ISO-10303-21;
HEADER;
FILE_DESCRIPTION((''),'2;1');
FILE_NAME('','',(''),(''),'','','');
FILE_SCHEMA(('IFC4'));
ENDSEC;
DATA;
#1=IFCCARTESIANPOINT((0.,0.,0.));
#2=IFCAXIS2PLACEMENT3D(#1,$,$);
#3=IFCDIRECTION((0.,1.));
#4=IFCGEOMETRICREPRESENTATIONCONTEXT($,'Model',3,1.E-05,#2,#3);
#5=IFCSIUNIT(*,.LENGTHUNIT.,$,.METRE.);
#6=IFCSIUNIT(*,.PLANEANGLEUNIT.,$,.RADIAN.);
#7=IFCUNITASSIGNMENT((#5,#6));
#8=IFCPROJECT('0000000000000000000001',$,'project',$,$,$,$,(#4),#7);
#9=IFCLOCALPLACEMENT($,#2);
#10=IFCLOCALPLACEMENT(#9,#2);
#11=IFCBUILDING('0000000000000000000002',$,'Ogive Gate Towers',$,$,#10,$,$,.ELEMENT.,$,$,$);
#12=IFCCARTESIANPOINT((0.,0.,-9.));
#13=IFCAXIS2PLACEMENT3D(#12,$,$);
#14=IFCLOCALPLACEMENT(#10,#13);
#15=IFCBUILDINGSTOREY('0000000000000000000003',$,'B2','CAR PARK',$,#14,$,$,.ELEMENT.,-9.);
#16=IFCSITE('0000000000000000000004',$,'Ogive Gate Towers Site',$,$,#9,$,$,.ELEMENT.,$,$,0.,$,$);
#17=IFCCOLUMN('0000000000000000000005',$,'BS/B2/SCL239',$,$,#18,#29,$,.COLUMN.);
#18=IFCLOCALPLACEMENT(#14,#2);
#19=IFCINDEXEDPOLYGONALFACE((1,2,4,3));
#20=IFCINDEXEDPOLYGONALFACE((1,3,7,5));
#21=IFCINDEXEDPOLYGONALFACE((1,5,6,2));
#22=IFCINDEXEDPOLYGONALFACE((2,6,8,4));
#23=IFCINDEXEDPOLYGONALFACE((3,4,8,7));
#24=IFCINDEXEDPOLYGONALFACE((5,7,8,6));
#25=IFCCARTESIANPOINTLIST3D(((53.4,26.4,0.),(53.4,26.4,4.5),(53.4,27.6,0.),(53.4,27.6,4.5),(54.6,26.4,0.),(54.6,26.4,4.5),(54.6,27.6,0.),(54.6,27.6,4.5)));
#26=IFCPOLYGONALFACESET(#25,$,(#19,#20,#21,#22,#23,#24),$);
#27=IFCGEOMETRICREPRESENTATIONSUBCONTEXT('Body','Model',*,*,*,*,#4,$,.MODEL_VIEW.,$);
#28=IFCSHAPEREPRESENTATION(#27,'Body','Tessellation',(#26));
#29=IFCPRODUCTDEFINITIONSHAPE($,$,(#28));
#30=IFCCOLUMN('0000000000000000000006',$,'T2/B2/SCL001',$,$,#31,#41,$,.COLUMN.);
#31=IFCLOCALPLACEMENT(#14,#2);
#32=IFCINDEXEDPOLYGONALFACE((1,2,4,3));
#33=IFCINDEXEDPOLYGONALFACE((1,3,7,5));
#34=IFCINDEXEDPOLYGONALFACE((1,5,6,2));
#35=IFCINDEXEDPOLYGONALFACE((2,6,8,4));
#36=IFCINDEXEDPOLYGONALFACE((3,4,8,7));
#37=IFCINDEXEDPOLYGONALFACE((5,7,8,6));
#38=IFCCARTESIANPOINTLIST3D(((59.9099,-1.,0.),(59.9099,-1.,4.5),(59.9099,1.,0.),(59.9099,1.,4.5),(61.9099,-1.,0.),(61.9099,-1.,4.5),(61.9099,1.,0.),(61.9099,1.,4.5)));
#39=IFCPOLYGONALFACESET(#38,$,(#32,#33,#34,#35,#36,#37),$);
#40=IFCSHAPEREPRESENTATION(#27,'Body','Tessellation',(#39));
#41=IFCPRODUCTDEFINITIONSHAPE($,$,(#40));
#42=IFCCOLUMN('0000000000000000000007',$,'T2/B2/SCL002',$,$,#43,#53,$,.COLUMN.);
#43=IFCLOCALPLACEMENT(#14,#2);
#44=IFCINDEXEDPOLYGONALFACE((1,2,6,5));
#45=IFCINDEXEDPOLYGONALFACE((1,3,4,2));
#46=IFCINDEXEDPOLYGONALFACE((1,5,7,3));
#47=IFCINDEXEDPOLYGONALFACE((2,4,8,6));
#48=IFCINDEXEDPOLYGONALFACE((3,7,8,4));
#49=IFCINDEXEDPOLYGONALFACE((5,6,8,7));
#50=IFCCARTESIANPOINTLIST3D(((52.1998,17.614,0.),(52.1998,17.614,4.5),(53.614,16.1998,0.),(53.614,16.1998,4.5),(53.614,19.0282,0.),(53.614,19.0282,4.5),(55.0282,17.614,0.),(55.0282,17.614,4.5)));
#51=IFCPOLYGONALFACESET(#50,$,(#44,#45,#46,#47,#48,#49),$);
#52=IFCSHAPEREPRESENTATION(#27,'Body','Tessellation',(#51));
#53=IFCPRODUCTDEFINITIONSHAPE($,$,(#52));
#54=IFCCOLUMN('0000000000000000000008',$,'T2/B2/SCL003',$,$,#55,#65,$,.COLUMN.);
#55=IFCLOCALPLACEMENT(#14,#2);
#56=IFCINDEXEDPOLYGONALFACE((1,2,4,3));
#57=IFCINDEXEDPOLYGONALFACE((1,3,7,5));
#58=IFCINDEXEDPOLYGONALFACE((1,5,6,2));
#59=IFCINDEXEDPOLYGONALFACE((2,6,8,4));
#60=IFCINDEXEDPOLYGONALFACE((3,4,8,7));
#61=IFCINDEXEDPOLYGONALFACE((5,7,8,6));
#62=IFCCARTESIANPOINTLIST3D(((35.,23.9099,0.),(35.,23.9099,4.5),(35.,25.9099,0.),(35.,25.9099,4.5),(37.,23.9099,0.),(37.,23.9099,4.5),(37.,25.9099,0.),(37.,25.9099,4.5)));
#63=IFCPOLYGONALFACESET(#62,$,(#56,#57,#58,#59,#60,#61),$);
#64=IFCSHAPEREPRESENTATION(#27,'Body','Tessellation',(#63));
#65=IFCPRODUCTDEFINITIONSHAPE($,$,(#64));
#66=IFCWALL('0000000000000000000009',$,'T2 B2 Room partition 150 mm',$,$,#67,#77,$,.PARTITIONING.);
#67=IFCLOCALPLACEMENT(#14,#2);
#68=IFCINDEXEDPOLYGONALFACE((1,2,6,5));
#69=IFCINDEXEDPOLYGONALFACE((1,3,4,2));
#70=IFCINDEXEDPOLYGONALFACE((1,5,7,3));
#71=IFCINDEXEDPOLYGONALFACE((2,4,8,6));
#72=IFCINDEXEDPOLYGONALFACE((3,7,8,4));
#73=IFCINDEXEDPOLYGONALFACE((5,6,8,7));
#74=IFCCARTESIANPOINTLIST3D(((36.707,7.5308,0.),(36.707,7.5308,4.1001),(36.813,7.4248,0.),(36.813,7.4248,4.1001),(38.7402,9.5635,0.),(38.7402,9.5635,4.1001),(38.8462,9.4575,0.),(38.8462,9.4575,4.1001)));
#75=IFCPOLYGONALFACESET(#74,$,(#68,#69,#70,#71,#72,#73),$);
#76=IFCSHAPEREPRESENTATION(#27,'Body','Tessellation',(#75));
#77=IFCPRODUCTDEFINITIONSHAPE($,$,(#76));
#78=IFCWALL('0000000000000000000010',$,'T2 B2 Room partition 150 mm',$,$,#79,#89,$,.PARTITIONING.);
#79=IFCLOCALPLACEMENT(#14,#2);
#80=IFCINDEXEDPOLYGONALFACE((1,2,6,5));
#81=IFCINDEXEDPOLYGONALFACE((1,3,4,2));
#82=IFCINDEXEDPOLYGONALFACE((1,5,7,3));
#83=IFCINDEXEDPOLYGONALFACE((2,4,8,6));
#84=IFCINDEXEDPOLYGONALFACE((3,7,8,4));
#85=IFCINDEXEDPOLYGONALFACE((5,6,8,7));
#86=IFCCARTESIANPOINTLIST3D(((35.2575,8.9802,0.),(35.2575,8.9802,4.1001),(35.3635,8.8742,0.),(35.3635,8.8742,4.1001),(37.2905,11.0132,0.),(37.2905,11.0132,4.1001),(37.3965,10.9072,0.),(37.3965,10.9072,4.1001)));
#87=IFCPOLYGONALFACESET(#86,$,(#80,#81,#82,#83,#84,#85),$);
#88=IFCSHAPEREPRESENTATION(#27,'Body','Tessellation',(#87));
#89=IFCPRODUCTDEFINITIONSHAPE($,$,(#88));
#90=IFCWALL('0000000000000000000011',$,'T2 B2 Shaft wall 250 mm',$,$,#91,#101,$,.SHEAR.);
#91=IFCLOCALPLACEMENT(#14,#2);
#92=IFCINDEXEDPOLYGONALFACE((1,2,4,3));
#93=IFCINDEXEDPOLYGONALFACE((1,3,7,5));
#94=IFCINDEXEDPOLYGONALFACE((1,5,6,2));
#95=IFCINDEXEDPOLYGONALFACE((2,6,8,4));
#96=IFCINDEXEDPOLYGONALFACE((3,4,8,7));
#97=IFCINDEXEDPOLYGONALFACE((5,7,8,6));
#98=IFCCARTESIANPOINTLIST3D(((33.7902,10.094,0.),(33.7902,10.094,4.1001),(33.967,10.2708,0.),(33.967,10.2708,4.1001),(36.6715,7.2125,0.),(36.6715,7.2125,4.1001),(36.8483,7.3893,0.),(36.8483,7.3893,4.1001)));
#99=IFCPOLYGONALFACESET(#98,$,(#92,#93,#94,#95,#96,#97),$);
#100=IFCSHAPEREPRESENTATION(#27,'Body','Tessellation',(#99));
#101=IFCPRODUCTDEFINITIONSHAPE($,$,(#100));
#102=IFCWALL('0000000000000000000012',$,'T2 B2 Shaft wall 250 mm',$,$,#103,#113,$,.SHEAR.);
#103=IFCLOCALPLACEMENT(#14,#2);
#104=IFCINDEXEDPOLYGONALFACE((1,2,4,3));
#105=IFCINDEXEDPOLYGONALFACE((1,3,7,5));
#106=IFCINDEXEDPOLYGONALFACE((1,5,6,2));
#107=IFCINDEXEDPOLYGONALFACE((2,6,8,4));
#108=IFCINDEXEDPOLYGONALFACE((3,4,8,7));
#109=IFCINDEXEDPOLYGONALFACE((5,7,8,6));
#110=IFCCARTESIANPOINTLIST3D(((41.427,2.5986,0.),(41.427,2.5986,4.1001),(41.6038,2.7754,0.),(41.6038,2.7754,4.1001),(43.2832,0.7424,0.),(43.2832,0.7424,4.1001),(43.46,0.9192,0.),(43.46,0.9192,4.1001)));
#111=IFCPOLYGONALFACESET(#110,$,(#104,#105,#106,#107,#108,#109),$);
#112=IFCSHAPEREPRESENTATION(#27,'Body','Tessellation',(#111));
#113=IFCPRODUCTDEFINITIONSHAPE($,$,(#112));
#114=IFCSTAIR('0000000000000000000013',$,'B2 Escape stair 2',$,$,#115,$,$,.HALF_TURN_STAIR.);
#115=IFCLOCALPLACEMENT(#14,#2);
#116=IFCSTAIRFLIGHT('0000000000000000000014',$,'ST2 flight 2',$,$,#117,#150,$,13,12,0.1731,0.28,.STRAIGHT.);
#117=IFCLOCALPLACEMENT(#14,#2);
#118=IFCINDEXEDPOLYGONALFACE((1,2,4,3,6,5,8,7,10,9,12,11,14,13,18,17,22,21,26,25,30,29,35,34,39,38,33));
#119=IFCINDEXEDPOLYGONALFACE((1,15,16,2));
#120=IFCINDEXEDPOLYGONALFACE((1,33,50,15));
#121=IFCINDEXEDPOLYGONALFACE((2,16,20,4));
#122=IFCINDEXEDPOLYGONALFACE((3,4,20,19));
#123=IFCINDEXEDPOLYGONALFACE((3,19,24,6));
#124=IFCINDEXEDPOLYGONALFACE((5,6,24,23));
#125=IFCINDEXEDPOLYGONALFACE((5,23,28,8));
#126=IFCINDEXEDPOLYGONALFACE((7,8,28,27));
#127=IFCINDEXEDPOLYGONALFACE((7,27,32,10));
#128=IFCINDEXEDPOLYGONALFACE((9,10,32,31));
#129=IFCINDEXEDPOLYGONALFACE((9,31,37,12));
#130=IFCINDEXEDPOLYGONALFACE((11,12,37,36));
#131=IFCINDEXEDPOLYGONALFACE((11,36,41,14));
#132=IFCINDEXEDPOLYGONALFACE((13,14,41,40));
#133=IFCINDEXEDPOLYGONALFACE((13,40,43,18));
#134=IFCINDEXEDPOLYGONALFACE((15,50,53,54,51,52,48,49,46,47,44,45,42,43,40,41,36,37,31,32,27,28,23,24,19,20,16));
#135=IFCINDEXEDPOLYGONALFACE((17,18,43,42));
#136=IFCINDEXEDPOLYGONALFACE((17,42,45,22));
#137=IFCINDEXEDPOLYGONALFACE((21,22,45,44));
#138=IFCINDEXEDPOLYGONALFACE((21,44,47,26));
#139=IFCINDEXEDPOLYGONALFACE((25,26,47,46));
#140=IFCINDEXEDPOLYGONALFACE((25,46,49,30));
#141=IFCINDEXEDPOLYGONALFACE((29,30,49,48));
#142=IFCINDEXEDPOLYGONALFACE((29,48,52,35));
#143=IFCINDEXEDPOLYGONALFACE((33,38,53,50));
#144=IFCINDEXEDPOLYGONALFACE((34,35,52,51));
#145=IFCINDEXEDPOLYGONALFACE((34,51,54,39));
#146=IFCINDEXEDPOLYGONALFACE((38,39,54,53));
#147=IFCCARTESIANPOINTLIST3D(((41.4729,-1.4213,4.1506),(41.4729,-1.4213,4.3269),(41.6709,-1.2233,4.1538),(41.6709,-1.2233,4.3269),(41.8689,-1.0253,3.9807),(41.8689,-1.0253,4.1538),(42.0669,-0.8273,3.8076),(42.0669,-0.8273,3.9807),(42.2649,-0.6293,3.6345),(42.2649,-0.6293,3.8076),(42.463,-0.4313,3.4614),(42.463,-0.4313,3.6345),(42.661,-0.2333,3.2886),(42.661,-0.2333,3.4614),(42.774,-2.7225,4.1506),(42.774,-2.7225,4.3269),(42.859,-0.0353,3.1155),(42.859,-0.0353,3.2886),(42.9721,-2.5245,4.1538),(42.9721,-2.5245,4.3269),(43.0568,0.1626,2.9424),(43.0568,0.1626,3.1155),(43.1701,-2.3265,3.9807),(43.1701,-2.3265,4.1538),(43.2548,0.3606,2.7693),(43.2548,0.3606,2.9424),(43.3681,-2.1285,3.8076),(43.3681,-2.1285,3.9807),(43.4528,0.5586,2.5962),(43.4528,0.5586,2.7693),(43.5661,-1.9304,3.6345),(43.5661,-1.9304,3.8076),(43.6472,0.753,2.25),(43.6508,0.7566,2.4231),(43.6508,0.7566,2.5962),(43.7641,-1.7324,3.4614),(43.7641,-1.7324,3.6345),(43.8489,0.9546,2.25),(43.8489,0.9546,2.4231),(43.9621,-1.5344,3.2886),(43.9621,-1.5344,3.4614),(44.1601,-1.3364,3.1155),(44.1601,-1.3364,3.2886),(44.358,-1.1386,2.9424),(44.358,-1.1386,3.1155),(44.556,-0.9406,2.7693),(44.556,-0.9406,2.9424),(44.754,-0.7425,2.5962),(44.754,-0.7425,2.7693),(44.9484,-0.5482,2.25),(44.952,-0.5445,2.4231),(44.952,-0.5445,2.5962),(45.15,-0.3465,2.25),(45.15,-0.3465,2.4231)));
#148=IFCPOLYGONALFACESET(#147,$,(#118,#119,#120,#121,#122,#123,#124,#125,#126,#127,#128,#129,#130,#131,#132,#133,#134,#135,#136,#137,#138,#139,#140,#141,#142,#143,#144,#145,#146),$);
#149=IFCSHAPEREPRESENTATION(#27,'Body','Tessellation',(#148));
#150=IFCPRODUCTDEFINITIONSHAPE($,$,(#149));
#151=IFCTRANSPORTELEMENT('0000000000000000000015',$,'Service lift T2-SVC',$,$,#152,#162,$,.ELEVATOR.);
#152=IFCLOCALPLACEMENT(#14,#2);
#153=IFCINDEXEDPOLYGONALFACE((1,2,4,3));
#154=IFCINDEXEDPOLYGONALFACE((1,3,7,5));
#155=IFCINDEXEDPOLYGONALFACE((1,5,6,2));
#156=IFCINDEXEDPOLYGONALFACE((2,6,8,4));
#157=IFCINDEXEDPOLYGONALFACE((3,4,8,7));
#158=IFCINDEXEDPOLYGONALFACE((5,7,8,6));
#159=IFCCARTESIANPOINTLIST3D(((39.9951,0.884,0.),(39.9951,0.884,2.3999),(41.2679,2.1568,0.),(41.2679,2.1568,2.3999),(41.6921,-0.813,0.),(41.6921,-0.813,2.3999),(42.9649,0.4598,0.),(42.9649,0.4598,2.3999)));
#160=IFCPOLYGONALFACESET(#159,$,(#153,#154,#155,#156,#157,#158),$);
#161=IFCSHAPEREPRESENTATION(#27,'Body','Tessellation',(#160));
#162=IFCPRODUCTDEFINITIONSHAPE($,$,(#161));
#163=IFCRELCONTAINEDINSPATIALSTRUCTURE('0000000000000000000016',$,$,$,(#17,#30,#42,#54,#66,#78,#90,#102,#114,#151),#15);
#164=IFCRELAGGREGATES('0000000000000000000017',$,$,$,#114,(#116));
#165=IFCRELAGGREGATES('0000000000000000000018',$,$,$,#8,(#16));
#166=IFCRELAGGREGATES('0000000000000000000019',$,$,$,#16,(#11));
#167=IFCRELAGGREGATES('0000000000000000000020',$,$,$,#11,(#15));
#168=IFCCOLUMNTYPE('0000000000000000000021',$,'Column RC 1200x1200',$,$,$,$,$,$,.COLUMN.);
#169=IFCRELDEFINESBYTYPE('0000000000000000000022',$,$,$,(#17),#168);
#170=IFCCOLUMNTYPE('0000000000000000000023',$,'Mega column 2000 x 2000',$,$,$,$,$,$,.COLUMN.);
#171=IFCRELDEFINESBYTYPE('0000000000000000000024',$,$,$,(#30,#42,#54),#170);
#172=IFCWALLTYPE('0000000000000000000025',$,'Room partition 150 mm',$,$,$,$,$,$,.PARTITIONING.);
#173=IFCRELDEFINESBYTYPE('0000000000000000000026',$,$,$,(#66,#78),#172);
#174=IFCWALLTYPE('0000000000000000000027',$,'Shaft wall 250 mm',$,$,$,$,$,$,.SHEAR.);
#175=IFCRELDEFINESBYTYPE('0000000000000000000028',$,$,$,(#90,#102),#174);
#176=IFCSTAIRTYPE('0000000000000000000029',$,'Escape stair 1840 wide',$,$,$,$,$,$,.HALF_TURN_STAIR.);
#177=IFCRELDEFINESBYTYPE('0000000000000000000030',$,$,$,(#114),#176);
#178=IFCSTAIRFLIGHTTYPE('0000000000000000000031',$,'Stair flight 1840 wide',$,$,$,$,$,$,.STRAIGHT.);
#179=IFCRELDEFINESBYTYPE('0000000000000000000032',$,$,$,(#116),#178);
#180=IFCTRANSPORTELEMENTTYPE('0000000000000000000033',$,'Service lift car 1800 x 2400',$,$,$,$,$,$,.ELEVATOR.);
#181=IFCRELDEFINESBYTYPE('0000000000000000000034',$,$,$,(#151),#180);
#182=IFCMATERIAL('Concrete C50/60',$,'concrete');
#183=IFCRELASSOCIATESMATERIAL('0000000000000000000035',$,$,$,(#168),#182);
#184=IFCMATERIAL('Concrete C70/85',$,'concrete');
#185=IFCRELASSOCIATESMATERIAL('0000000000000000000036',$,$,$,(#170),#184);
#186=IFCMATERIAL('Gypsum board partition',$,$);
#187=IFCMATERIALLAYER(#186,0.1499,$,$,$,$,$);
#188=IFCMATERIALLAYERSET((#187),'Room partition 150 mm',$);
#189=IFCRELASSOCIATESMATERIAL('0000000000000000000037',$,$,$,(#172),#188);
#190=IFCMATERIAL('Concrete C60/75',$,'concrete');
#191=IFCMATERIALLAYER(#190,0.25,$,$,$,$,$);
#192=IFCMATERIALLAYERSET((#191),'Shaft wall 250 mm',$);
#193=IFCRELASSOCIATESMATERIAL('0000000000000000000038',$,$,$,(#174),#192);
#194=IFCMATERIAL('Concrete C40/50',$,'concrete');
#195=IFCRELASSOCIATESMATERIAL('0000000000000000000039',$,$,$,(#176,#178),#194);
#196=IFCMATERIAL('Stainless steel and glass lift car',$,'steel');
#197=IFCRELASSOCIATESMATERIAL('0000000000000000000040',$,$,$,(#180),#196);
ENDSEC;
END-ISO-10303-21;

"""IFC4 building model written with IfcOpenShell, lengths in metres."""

from ifc_helpers import new_model, si_unit, direction, frame, frame_2d, origin, origin_2d, place, context, subcontext, project, spatial, polyline, rectangle, outline, extrude, material, layer, layer_set, material_profile, profile_set, type_object, element, aggregate, save


model = new_model("IFC4")

# Units and contexts
model_context = context("Model", 3, precision=1e-05, world=origin(), true_north=direction((0.0, 1.0)))
body_context = subcontext(model_context, "Body", "Model", "MODEL_VIEW")
ifc_project = project(units=[si_unit("LENGTHUNIT", "METRE"), si_unit("PLANEANGLEUNIT", "RADIAN")], contexts=[model_context])

# Site, building, storey
site_placement = place(None, origin())
site = spatial("IfcSite", under=ifc_project, at=site_placement, Name="Ogive Gate Towers Site", CompositionType="ELEMENT", RefElevation=0.0)
building_placement = place(site_placement, origin())
building = spatial("IfcBuilding", under=site, at=building_placement, Name="Ogive Gate Towers", CompositionType="ELEMENT")
storey_placement = place(building_placement, frame((0.0, 0.0, -9.0)))
storey = spatial("IfcBuildingStorey", under=building, at=storey_placement, Name="B2", Description="CAR PARK", CompositionType="ELEMENT", Elevation=-9.0)

# Shared definitions
ifc_material_1 = material(Name="Concrete C40/50", Category="concrete")

# Columns
ifc_material_2 = material(Name="Concrete C50/60", Category="concrete")
ifc_material_profile_1 = material_profile(ifc_material_2, rectangle(XDim=1.2, YDim=1.2, at=origin_2d()), Name="RC 1200x1200")
ifc_profile_set_1 = profile_set([ifc_material_profile_1], Name="Concrete C50/60")
column_type_1 = type_object("IfcColumnType", Name="Column RC 1200x1200", PredefinedType="COLUMN", material=ifc_profile_set_1)
for number, where, z_axis, x_axis, name in (
    (1, (54.0, 27.0, 0.0), (0.0, 0.0, 1.0), (1.0, 0.0, 0.0), "BS/B2/SCL239"),
):
    element("IfcColumn", number, at=place(storey_placement, frame(where, z_axis=z_axis, x_axis=x_axis)), inside=storey, type_object=column_type_1, Name=name, PredefinedType="COLUMN", context=body_context, shape_type="SweptSolid", body=[
        extrude(rectangle(XDim=1.2, YDim=1.2, at=origin_2d()), origin(), (0.0, 0.0, 1.0), 4.5),
    ])
ifc_material_3 = material(Name="Concrete C70/85", Category="concrete")
ifc_material_profile_2 = material_profile(ifc_material_3, rectangle(XDim=2.0, YDim=2.0, at=origin_2d()), Name="RC 2000x2000")
ifc_profile_set_2 = profile_set([ifc_material_profile_2], Name="Concrete C70/85")
column_type_2 = type_object("IfcColumnType", Name="Mega column 2000 x 2000", PredefinedType="COLUMN", material=ifc_profile_set_2)
for number, where, z_axis, x_axis, name in (
    (2, (60.9099, 0.0, 0.0), (0.0, 0.0, 1.0), (1.0, 0.0, 0.0), "T2/B2/SCL001"),
    (3, (53.614, 17.614, 0.0), (0.0, 0.0, 1.0), (0.707107, 0.707107, 0.0), "T2/B2/SCL002"),
    (4, (36.0, 24.9099, 0.0), (0.0, 0.0, 1.0), (0.0, 1.0, 0.0), "T2/B2/SCL003"),
):
    element("IfcColumn", number, at=place(storey_placement, frame(where, z_axis=z_axis, x_axis=x_axis)), inside=storey, type_object=column_type_2, Name=name, PredefinedType="COLUMN", context=body_context, shape_type="SweptSolid", body=[
        extrude(rectangle(XDim=2.0, YDim=2.0, at=origin_2d()), origin(), (0.0, 0.0, 1.0), 4.5),
    ])

# Walls
ifc_material_4 = material(Name="Gypsum board partition")
ifc_layer_1 = layer(ifc_material_4, 0.1499)
ifc_layer_set_1 = layer_set([ifc_layer_1], Name="Room partition 150 mm")
wall_type_1 = type_object("IfcWallType", Name="Room partition 150 mm", PredefinedType="PARTITIONING", material=ifc_layer_set_1)
for number, where, z_axis, x_axis, name in (
    (5, (36.76, 7.4778, 0.0), (0.0, 0.0, 1.0), (0.707192, 0.707022, 0.0), "T2 B2 Room partition 150 mm"),
    (6, (35.3105, 8.9272, 0.0), (0.0, 0.0, 1.0), (0.707107, 0.707107, 0.0), "T2 B2 Room partition 150 mm"),
):
    element("IfcWall", number, at=place(storey_placement, frame(where, z_axis=z_axis, x_axis=x_axis)), inside=storey, type_object=wall_type_1, Name=name, PredefinedType="PARTITIONING", context=body_context, shape_type="SweptSolid", body=[
        extrude(rectangle(XDim=2.875, YDim=0.1499, at=frame_2d((1.4375, 0.0))), origin(), (0.0, 0.0, 1.0), 4.1001),
    ])
ifc_material_5 = material(Name="Concrete C60/75", Category="concrete")
ifc_layer_2 = layer(ifc_material_5, 0.25)
ifc_layer_set_2 = layer_set([ifc_layer_2], Name="Shaft wall 250 mm")
wall_type_2 = type_object("IfcWallType", Name="Shaft wall 250 mm", PredefinedType="SHEAR", material=ifc_layer_set_2)
wall_1_placement = place(storey_placement, frame((36.76, 7.3008, 0.0), z_axis=(0.0, 0.0, 1.0), x_axis=(-0.707077, 0.707137, 0.0)))
element("IfcWall", 7, at=wall_1_placement, inside=storey, type_object=wall_type_2, Name="T2 B2 Shaft wall 250 mm", PredefinedType="SHEAR", context=body_context, shape_type="SweptSolid", body=[
    extrude(rectangle(XDim=4.075, YDim=0.25, at=frame_2d((2.0376, 0.0))), origin(), (0.0, 0.0, 1.0), 4.1001),
])
wall_2_placement = place(storey_placement, frame((43.3716, 0.8308, 0.0), z_axis=(0.0, 0.0, 1.0), x_axis=(-0.707107, 0.707107, 0.0)))
element("IfcWall", 8, at=wall_2_placement, inside=storey, type_object=wall_type_2, Name="T2 B2 Shaft wall 250 mm", PredefinedType="SHEAR", context=body_context, shape_type="SweptSolid", body=[
    extrude(rectangle(XDim=2.625, YDim=0.25, at=frame_2d((1.3125, 0.0))), origin(), (0.0, 0.0, 1.0), 4.1001),
])

# Stair, stair flight
stair_type = type_object("IfcStairType", Name="Escape stair 1840 wide", PredefinedType="HALF_TURN_STAIR", material=ifc_material_1)
stair_placement = place(storey_placement, origin())
stair = element("IfcStair", 9, at=stair_placement, inside=storey, type_object=stair_type, Name="B2 Escape stair 2", PredefinedType="HALF_TURN_STAIR")
stair_flight_type = type_object("IfcStairFlightType", Name="Stair flight 1840 wide", PredefinedType="STRAIGHT", material=ifc_material_1)
stair_flight_placement = place(storey_placement, frame((44.4995, 0.304, 2.25), z_axis=(0.0, 0.0, 1.0), x_axis=(-0.707107, -0.707107, 0.0)))
stair_flight = element("IfcStairFlight", 10, at=stair_flight_placement, type_object=stair_flight_type, Name="ST2 flight 2", NumberOfRisers=13, NumberOfTreads=12, PredefinedType="STRAIGHT", RiserHeight=0.1731, TreadLength=0.28, context=body_context, shape_type="SweptSolid", body=[
    extrude(outline(polyline([(0.0, 0.0), (0.0, 0.1731), (0.28, 0.1731), (0.28, 0.3462), (0.5601, 0.3462), (0.5601, 0.5193), (0.8401, 0.5193), (0.8401, 0.6924), (1.1201, 0.6924), (1.1201, 0.8655), (1.3999, 0.8655), (1.3999, 1.0386), (1.6799, 1.0386), (1.6799, 1.2114), (1.96, 1.2114), (1.96, 1.3845), (2.24, 1.3845), (2.24, 1.5576), (2.52, 1.5576), (2.52, 1.7307), (2.8, 1.7307), (2.8, 1.9038), (3.0801, 1.9038), (3.0801, 2.0769), (3.3601, 2.0769), (3.3601, 2.25), (3.3601, 1.9006), (0.2852, 0.0), (0.0, 0.0)])), frame((0.0, 0.9199, 0.0), z_axis=(0.0, -1.0, 0.0), x_axis=(1.0, 0.0, 0.0)), (0.0, 0.0, 1.0), 1.8401),
])
aggregate(stair, [stair_flight])

# Transport element
ifc_material_6 = material(Name="Stainless steel and glass lift car", Category="steel")
transport_element_type = type_object("IfcTransportElementType", Name="Service lift car 1800 x 2400", PredefinedType="ELEVATOR", material=ifc_material_6)
transport_element_placement = place(storey_placement, frame((41.48, 0.6719, 0.0), z_axis=(0.0, 0.0, 1.0), x_axis=(0.707107, 0.707107, 0.0)))
element("IfcTransportElement", 11, at=transport_element_placement, inside=storey, type_object=transport_element_type, Name="Service lift T2-SVC", PredefinedType="ELEVATOR", context=body_context, shape_type="SweptSolid", body=[
    extrude(rectangle(XDim=1.8, YDim=2.3999, at=origin_2d()), origin(), (0.0, 0.0, 1.0), 2.3999),
])

save(model, "model.ifc")
